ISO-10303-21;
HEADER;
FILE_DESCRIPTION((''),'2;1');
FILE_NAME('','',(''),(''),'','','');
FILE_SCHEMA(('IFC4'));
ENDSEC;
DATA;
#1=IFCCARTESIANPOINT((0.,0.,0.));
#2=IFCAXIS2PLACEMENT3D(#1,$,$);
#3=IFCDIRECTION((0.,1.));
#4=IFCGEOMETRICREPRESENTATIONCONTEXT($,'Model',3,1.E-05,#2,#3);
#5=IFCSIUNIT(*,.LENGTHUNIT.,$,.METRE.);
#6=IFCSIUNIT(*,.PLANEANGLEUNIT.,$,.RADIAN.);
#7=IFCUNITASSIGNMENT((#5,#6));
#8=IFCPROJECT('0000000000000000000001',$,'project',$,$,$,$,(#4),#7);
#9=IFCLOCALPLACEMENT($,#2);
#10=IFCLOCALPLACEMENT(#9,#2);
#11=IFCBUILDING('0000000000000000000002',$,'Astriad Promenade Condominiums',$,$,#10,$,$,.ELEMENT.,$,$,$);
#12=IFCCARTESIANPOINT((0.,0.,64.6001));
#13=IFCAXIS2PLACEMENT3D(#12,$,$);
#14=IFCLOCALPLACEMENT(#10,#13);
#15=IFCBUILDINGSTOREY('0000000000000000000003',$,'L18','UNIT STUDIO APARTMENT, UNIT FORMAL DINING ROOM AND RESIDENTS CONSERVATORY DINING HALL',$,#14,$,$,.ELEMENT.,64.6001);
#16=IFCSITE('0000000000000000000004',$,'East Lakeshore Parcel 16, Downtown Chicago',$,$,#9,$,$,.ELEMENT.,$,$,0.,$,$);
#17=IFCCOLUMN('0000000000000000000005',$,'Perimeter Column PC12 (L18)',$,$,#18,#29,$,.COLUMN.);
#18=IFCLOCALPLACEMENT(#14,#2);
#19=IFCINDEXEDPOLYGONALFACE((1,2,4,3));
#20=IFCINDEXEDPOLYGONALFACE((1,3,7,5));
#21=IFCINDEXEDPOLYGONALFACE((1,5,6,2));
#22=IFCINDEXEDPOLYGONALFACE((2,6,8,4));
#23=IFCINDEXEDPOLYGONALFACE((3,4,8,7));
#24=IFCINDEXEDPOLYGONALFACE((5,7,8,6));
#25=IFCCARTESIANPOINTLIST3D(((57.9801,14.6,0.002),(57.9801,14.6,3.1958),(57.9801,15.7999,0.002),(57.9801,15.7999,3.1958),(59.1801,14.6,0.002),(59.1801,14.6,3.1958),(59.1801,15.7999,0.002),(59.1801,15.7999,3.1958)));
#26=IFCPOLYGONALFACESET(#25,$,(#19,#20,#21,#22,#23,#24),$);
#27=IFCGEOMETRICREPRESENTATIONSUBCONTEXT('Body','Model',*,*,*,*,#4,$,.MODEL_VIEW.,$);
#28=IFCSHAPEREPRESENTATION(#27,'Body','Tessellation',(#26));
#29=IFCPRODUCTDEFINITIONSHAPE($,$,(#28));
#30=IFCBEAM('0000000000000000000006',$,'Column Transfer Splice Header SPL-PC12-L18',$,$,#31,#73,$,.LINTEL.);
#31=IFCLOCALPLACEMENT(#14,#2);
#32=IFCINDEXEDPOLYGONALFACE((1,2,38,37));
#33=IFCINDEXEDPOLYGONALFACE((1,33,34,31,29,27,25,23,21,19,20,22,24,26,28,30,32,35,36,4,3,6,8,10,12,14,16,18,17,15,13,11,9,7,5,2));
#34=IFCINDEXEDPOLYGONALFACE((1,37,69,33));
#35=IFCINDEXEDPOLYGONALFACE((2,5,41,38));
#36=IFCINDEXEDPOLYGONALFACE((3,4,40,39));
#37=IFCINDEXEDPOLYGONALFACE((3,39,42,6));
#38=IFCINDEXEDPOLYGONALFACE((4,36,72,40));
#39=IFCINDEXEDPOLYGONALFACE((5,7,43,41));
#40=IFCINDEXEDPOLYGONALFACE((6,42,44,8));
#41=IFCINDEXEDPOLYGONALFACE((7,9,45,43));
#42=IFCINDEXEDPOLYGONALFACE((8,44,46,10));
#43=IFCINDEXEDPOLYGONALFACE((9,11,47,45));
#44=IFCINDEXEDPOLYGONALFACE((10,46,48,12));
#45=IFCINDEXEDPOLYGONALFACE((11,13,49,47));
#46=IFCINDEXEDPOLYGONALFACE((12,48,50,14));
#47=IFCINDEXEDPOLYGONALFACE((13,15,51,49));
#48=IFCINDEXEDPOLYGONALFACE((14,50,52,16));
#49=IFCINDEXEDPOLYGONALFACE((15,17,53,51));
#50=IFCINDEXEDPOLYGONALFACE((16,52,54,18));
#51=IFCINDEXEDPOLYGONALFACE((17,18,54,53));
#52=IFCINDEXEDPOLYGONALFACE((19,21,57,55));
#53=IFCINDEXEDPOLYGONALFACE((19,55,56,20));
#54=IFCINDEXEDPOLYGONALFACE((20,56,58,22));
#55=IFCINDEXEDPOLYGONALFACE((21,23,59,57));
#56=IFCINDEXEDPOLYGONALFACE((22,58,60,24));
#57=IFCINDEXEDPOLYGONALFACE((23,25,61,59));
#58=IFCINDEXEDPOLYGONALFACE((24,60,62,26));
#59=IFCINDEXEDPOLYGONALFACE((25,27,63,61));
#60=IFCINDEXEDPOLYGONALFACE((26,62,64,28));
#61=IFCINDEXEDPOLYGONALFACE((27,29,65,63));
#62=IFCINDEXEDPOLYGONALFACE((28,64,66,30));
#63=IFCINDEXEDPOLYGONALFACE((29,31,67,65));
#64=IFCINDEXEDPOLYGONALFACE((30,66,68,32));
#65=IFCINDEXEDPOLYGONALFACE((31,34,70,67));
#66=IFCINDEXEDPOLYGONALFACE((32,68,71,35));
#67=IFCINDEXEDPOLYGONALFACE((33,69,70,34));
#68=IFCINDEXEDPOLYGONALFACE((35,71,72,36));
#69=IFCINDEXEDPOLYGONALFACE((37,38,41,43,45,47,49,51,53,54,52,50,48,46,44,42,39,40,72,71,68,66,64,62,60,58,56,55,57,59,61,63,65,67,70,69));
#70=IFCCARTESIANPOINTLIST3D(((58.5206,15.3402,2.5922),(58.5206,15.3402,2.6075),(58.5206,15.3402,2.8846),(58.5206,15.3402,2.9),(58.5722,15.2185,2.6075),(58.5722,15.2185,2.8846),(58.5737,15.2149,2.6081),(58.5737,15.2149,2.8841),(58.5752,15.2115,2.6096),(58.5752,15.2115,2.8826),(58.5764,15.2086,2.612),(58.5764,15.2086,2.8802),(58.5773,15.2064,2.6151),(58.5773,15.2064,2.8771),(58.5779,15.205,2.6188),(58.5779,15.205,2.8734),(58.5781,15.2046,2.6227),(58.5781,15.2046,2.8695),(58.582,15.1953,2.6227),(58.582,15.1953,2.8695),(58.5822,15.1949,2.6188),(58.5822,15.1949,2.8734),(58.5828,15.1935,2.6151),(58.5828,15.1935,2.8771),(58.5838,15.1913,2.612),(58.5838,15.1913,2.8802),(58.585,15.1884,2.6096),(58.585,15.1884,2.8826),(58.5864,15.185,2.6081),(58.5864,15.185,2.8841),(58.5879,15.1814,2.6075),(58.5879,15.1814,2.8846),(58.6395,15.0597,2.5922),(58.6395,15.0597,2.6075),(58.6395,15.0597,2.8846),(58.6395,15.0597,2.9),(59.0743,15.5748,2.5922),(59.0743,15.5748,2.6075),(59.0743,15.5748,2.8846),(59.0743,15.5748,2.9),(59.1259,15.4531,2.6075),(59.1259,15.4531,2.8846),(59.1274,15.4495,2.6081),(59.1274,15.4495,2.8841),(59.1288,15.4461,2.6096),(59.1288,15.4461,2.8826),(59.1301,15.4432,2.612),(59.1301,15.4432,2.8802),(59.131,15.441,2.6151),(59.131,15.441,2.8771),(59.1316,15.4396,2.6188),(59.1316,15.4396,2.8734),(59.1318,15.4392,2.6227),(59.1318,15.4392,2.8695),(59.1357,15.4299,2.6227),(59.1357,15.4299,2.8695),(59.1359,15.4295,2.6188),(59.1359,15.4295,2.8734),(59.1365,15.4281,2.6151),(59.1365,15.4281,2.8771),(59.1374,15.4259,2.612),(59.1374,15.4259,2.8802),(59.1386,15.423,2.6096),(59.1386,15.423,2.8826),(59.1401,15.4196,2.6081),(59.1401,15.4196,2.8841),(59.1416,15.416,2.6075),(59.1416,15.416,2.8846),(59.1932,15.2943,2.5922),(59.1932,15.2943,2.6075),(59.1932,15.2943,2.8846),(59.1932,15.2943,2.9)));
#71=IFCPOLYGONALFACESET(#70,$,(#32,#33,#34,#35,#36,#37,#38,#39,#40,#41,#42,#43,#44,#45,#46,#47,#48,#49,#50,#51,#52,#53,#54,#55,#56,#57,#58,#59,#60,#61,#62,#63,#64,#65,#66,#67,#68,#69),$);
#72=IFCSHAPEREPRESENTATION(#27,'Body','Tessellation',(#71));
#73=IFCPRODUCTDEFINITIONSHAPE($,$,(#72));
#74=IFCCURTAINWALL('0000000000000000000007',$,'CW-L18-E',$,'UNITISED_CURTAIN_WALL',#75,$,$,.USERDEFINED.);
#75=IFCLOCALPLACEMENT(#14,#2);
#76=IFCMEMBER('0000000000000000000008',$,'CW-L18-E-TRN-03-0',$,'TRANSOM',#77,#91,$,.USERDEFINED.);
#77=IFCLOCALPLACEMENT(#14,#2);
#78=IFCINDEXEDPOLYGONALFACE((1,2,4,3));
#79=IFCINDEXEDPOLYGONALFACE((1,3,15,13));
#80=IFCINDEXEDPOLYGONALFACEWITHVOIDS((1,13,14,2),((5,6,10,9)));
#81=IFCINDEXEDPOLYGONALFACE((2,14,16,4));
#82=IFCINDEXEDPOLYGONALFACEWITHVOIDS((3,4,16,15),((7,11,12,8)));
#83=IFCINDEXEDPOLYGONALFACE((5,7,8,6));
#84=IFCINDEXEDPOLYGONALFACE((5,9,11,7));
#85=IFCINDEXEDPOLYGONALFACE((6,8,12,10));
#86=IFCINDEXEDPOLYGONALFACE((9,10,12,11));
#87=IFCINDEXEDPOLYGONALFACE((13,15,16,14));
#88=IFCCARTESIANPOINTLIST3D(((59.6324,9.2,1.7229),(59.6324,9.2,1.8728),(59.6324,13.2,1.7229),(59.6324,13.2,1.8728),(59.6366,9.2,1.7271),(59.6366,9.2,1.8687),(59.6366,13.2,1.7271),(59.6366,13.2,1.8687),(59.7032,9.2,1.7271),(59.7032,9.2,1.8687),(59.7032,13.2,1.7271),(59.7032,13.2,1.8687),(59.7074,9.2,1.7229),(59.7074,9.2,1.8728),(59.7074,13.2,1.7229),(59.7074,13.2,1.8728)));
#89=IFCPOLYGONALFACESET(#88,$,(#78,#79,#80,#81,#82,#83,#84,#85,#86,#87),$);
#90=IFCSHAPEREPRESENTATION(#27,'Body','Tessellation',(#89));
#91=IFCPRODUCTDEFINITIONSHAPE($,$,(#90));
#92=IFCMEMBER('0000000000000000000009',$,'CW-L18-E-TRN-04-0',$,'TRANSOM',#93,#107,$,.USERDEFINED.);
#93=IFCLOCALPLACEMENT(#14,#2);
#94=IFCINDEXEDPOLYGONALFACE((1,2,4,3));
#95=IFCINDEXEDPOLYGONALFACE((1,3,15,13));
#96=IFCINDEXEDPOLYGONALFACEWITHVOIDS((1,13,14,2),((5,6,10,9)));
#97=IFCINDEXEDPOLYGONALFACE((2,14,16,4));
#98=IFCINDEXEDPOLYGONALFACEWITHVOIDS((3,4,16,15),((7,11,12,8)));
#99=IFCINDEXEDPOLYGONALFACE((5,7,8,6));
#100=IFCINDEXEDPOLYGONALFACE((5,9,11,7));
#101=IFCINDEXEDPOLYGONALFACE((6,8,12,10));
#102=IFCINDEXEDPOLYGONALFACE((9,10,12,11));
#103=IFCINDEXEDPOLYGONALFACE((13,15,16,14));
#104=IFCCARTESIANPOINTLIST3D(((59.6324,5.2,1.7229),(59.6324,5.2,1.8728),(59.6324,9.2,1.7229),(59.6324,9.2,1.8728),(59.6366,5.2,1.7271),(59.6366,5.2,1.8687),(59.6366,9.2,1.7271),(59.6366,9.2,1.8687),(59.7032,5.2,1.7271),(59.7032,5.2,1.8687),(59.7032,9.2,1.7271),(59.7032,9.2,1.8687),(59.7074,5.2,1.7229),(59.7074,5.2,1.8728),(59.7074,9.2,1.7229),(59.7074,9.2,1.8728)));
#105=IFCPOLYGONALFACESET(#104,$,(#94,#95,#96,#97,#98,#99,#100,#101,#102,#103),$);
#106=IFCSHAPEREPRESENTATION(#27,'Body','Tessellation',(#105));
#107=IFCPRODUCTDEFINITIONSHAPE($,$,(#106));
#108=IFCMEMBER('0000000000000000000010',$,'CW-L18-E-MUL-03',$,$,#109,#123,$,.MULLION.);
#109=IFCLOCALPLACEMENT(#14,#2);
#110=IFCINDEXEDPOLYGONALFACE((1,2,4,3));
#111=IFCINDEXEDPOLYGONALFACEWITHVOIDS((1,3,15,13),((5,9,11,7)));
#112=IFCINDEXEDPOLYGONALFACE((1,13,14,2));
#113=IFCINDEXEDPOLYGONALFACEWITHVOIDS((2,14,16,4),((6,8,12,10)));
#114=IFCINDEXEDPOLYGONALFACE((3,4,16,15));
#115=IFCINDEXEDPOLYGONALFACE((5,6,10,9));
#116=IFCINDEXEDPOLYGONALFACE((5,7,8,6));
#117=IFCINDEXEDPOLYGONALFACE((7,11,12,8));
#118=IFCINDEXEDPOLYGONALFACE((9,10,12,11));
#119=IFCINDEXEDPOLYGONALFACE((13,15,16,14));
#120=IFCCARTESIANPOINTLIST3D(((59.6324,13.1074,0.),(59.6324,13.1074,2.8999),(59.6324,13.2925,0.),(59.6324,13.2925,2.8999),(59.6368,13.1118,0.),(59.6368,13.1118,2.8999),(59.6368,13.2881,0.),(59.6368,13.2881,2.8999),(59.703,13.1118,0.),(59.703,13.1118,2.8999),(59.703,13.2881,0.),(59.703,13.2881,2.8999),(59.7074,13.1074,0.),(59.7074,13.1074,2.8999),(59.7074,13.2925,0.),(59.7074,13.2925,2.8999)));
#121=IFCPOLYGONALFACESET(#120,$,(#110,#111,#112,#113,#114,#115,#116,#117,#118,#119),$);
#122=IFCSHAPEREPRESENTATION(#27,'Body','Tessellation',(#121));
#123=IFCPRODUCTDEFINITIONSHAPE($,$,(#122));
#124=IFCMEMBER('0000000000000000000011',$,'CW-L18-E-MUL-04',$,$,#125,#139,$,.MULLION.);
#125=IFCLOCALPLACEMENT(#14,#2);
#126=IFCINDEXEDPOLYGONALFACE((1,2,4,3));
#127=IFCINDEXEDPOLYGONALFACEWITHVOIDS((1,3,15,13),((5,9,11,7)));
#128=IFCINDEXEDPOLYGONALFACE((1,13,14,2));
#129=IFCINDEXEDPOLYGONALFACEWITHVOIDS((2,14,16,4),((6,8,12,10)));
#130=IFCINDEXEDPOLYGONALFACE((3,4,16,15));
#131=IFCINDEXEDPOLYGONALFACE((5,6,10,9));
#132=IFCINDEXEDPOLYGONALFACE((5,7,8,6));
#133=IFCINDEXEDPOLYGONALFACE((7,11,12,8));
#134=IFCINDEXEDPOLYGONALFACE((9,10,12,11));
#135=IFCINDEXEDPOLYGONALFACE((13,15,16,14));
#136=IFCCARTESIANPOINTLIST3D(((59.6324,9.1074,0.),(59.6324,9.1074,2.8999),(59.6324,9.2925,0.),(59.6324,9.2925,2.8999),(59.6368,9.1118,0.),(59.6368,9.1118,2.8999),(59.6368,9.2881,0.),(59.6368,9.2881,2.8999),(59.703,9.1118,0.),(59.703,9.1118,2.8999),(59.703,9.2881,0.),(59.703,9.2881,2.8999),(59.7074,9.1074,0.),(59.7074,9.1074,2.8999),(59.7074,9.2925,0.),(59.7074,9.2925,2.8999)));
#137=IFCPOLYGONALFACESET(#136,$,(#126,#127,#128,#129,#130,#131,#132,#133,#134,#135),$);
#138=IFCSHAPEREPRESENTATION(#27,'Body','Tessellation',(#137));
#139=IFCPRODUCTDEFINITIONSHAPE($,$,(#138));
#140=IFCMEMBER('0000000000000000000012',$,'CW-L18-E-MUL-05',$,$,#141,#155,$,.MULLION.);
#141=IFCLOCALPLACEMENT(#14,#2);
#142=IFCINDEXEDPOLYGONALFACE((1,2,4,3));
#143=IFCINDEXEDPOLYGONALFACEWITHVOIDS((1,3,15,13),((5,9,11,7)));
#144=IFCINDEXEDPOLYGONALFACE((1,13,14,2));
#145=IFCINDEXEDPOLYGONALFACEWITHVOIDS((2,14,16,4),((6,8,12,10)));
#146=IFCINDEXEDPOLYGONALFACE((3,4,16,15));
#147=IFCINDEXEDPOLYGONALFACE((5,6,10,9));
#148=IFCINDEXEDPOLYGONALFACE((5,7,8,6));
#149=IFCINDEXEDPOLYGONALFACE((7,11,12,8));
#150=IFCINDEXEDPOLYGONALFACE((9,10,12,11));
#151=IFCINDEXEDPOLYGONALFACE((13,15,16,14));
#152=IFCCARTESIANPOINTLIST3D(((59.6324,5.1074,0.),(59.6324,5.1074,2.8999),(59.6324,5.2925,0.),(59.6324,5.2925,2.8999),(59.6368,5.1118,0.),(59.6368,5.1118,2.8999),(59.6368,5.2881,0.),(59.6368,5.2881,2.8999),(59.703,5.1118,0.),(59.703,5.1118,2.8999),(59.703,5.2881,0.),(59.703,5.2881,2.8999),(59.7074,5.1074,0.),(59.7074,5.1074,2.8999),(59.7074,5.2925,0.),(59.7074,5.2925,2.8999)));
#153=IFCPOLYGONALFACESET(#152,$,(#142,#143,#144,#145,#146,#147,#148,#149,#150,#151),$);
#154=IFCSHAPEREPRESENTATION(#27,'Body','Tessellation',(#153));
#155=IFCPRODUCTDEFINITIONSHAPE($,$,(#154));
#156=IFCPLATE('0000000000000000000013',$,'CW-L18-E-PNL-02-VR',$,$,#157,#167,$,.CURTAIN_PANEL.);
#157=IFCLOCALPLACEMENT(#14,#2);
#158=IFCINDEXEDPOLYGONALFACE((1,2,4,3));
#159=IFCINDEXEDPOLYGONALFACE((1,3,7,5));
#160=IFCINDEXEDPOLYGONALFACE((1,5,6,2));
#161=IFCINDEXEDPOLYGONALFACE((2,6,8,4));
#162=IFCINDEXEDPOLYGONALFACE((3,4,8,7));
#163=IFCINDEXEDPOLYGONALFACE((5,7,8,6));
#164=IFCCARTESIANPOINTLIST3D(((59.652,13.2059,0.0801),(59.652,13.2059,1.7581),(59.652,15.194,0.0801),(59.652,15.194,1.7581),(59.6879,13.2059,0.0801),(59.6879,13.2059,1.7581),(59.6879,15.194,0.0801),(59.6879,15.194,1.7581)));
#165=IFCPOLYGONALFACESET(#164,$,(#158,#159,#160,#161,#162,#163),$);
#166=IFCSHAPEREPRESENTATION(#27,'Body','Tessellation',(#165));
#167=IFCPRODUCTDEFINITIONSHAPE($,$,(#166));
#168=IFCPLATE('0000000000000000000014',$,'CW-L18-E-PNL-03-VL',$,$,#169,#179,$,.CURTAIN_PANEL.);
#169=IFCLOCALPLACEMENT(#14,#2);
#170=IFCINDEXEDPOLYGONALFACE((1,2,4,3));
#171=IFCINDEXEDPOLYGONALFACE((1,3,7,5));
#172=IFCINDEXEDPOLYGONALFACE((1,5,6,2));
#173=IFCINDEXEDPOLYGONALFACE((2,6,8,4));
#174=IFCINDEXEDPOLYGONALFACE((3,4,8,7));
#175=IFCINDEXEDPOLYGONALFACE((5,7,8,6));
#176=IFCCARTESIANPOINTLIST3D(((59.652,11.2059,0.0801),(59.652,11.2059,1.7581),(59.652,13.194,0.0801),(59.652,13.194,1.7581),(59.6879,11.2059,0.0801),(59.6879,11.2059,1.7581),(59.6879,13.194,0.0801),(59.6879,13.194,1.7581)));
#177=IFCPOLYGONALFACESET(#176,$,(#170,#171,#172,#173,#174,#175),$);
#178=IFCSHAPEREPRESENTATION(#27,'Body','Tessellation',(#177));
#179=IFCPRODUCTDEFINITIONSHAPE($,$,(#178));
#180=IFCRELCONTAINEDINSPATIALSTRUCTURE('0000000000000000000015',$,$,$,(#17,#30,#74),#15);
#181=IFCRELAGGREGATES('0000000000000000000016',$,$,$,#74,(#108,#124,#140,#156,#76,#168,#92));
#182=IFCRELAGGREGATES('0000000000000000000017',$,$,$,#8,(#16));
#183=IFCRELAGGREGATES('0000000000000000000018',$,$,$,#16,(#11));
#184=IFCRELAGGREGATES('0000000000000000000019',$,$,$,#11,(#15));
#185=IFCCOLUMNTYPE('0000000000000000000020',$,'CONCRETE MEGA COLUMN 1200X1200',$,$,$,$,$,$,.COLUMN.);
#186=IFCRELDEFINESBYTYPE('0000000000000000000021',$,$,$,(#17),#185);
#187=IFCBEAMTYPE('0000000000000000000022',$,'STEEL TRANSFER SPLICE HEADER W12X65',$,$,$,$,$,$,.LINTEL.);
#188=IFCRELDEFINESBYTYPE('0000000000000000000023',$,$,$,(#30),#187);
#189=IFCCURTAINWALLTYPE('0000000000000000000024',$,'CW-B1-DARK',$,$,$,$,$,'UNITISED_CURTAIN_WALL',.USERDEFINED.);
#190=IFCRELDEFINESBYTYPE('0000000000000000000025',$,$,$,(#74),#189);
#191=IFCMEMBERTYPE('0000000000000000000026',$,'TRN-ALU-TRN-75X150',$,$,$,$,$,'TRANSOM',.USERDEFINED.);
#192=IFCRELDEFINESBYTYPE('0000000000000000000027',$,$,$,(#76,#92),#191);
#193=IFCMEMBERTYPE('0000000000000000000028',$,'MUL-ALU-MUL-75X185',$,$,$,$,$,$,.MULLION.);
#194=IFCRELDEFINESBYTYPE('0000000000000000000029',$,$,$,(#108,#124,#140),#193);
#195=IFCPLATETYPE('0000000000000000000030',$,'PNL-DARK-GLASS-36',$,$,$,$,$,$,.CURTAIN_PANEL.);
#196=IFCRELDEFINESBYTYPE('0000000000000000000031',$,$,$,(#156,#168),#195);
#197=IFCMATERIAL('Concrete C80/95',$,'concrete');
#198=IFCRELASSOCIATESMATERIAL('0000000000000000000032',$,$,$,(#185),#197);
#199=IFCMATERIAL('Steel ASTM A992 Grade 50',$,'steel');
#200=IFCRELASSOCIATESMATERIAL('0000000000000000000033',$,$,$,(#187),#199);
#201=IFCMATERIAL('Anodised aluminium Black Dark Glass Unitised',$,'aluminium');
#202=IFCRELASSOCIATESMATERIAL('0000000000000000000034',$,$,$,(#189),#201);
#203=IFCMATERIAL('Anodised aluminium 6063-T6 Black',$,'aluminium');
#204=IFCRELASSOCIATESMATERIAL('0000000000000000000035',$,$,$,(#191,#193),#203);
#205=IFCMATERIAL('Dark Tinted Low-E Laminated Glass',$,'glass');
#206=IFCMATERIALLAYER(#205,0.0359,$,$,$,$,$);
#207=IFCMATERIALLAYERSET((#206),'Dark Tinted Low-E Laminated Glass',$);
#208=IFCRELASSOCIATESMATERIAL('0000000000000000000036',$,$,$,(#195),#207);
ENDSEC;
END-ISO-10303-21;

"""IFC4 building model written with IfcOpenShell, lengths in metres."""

from ifc_helpers import new_model, si_unit, direction, frame, origin, origin_2d, place, context, subcontext, project, spatial, rectangle, hollow_rectangle, i_section, extrude, source, transform, mapped, material, layer, layer_set, material_profile, profile_set, type_object, type_shapes, element, aggregate, save


model = new_model("IFC4")

# Units and contexts
model_context = context("Model", 3, precision=1e-05, world=origin(), true_north=direction((0.0, 1.0)))
body_context = subcontext(model_context, "Body", "Model", "MODEL_VIEW")
ifc_project = project(units=[si_unit("LENGTHUNIT", "METRE"), si_unit("PLANEANGLEUNIT", "RADIAN")], contexts=[model_context])

# Site, building, storey
site_placement = place(None, origin())
site = spatial("IfcSite", under=ifc_project, at=site_placement, Name="East Lakeshore Parcel 16, Downtown Chicago", CompositionType="ELEMENT", RefElevation=0.0)
building_placement = place(site_placement, origin())
building = spatial("IfcBuilding", under=site, at=building_placement, Name="Astriad Promenade Condominiums", CompositionType="ELEMENT")
storey_placement = place(building_placement, frame((0.0, 0.0, 64.6001)))
storey = spatial("IfcBuildingStorey", under=building, at=storey_placement, Name="L18", Description="UNIT STUDIO APARTMENT, UNIT FORMAL DINING ROOM AND RESIDENTS CONSERVATORY DINING HALL", CompositionType="ELEMENT", Elevation=64.6001)

# Column
ifc_material_1 = material(Name="Concrete C80/95", Category="concrete")
ifc_material_profile_1 = material_profile(ifc_material_1, rectangle(XDim=1.2, YDim=1.2, at=origin_2d()), Name="RC-COL-1200X1200")
ifc_profile_set_1 = profile_set([ifc_material_profile_1], Name="Concrete C80/95")
column_type = type_object("IfcColumnType", Name="CONCRETE MEGA COLUMN 1200X1200", PredefinedType="COLUMN", material=ifc_profile_set_1)
shared_shape_1 = source(origin(), body_context, "Body", "SweptSolid", [
    extrude(rectangle(XDim=1.2, YDim=1.2, at=origin_2d()), origin(), (0.0, 0.0, 1.0), 3.1938),
])
type_shapes(column_type, [shared_shape_1])
column_placement = place(storey_placement, frame((58.5801, 15.2, 0.002), z_axis=(0.0, 0.0, 1.0), x_axis=(1.0, 0.0, 0.0)))
element("IfcColumn", 1, at=column_placement, inside=storey, type_object=column_type, Name="Perimeter Column PC12 (L18)", PredefinedType="COLUMN", context=body_context, shape_type="MappedRepresentation", body=[
    mapped(shared_shape_1, transform((0.0, 0.0, 0.0), scale=1.0)),
])

# Beam
ifc_material_2 = material(Name="Steel ASTM A992 Grade 50", Category="steel")
ifc_material_profile_2 = material_profile(ifc_material_2, i_section(OverallWidth=0.3047, OverallDepth=0.3079, WebThickness=0.01, FlangeThickness=0.0154, FilletRadius=0.0151, at=origin_2d()), Name="W12X65")
ifc_profile_set_2 = profile_set([ifc_material_profile_2], Name="Steel ASTM A992 Grade 50")
beam_type = type_object("IfcBeamType", Name="STEEL TRANSFER SPLICE HEADER W12X65", PredefinedType="LINTEL", material=ifc_profile_set_2)
shared_shape_2 = source(origin(), body_context, "Body", "SweptSolid", [
    extrude(i_section(OverallWidth=0.3047, OverallDepth=0.3079, WebThickness=0.01, FlangeThickness=0.0154, FilletRadius=0.0151, at=origin_2d()), origin(), (0.0, 0.0, 1.0), 0.6013),
])
type_shapes(beam_type, [shared_shape_2])
beam_placement = place(storey_placement, frame((58.5801, 15.2, 2.7461), z_axis=(0.920754, 0.390143, 0.0), x_axis=(-0.390143, 0.920754, 0.0)))
element("IfcBeam", 2, at=beam_placement, inside=storey, type_object=beam_type, Name="Column Transfer Splice Header SPL-PC12-L18", PredefinedType="LINTEL", context=body_context, shape_type="MappedRepresentation", body=[
    mapped(shared_shape_2, transform((0.0, 0.0, 0.0), scale=1.0)),
])

# Curtain wall, members, plates
ifc_material_3 = material(Name="Anodised aluminium Black Dark Glass Unitised", Category="aluminium")
curtain_wall_type = type_object("IfcCurtainWallType", Name="CW-B1-DARK", ElementType="UNITISED_CURTAIN_WALL", PredefinedType="USERDEFINED", material=ifc_material_3)
curtain_wall_placement = place(storey_placement, origin())
curtain_wall = element("IfcCurtainWall", 3, at=curtain_wall_placement, inside=storey, type_object=curtain_wall_type, Name="CW-L18-E", ObjectType="UNITISED_CURTAIN_WALL", PredefinedType="USERDEFINED")
ifc_material_4 = material(Name="Anodised aluminium 6063-T6 Black", Category="aluminium")
ifc_material_profile_3 = material_profile(ifc_material_4, hollow_rectangle(XDim=0.075, YDim=0.1499, WallThickness=0.0042, at=origin_2d()), Name="ALU-TRN-75X150")
ifc_profile_set_3 = profile_set([ifc_material_profile_3], Name="Anodised aluminium 6063-T6 Black")
member_type_1 = type_object("IfcMemberType", Name="TRN-ALU-TRN-75X150", ElementType="TRANSOM", PredefinedType="USERDEFINED", material=ifc_profile_set_3)
shared_shape_3 = source(origin(), body_context, "Body", "SweptSolid", [
    extrude(hollow_rectangle(XDim=0.075, YDim=0.1499, WallThickness=0.0042, at=origin_2d()), origin(), (0.0, 0.0, 1.0), 4.0),
])
type_shapes(member_type_1, [shared_shape_3])
member_1_placement = place(storey_placement, frame((59.6699, 13.2, 1.7979), z_axis=(0.0, -1.0, 0.0), x_axis=(1.0, 0.0, 0.0)))
member_1 = element("IfcMember", 4, at=member_1_placement, type_object=member_type_1, Name="CW-L18-E-TRN-03-0", ObjectType="TRANSOM", PredefinedType="USERDEFINED", context=body_context, shape_type="MappedRepresentation", body=[
    mapped(shared_shape_3, transform((0.0, 0.0, 0.0), scale=1.0)),
])
member_2_placement = place(storey_placement, frame((59.6699, 9.2, 1.7979), z_axis=(0.0, -1.0, 0.0), x_axis=(1.0, 0.0, 0.0)))
member_2 = element("IfcMember", 5, at=member_2_placement, type_object=member_type_1, Name="CW-L18-E-TRN-04-0", ObjectType="TRANSOM", PredefinedType="USERDEFINED", context=body_context, shape_type="MappedRepresentation", body=[
    mapped(shared_shape_3, transform((0.0, 0.0, 0.0), scale=1.0)),
])
ifc_material_profile_4 = material_profile(ifc_material_4, hollow_rectangle(XDim=0.075, YDim=0.1851, WallThickness=0.0044, at=origin_2d()), Name="ALU-MUL-75X185")
ifc_profile_set_4 = profile_set([ifc_material_profile_4], Name="Anodised aluminium 6063-T6 Black")
member_type_2 = type_object("IfcMemberType", Name="MUL-ALU-MUL-75X185", PredefinedType="MULLION", material=ifc_profile_set_4)
shared_shape_4 = source(origin(), body_context, "Body", "SweptSolid", [
    extrude(hollow_rectangle(XDim=0.075, YDim=0.1851, WallThickness=0.0044, at=origin_2d()), origin(), (0.0, 0.0, 1.0), 2.8999),
])
type_shapes(member_type_2, [shared_shape_4])
member_3_placement = place(storey_placement, frame((59.6699, 13.2, 0.0), z_axis=(0.0, 0.0, 1.0), x_axis=(1.0, 0.0, 0.0)))
member_3 = element("IfcMember", 6, at=member_3_placement, type_object=member_type_2, Name="CW-L18-E-MUL-03", PredefinedType="MULLION", context=body_context, shape_type="MappedRepresentation", body=[
    mapped(shared_shape_4, transform((0.0, 0.0, 0.0), scale=1.0)),
])
member_4_placement = place(storey_placement, frame((59.6699, 9.2, 0.0), z_axis=(0.0, 0.0, 1.0), x_axis=(1.0, 0.0, 0.0)))
member_4 = element("IfcMember", 7, at=member_4_placement, type_object=member_type_2, Name="CW-L18-E-MUL-04", PredefinedType="MULLION", context=body_context, shape_type="MappedRepresentation", body=[
    mapped(shared_shape_4, transform((0.0, 0.0, 0.0), scale=1.0)),
])
member_5_placement = place(storey_placement, frame((59.6699, 5.2, 0.0), z_axis=(0.0, 0.0, 1.0), x_axis=(1.0, 0.0, 0.0)))
member_5 = element("IfcMember", 8, at=member_5_placement, type_object=member_type_2, Name="CW-L18-E-MUL-05", PredefinedType="MULLION", context=body_context, shape_type="MappedRepresentation", body=[
    mapped(shared_shape_4, transform((0.0, 0.0, 0.0), scale=1.0)),
])
ifc_material_5 = material(Name="Dark Tinted Low-E Laminated Glass", Category="glass")
ifc_layer_1 = layer(ifc_material_5, 0.0359)
ifc_layer_set_1 = layer_set([ifc_layer_1], Name="Dark Tinted Low-E Laminated Glass")
plate_type = type_object("IfcPlateType", Name="PNL-DARK-GLASS-36", PredefinedType="CURTAIN_PANEL", material=ifc_layer_set_1)
shared_shape_5 = source(origin(), body_context, "Body", "SweptSolid", [
    extrude(rectangle(XDim=1.988, YDim=0.0359, at=origin_2d()), origin(), (0.0, 0.0, 1.0), 1.678),
])
plate_1_placement = place(storey_placement, frame((59.6699, 14.2, 0.0801), z_axis=(0.0, 0.0, 1.0), x_axis=(0.0, -1.0, 0.0)))
plate_1 = element("IfcPlate", 9, at=plate_1_placement, type_object=plate_type, Name="CW-L18-E-PNL-02-VR", PredefinedType="CURTAIN_PANEL", context=body_context, shape_type="MappedRepresentation", body=[
    mapped(shared_shape_5, transform((0.0, 0.0, 0.0), scale=1.0)),
])
plate_2_placement = place(storey_placement, frame((59.6699, 12.2, 0.0801), z_axis=(0.0, 0.0, 1.0), x_axis=(0.0, -1.0, 0.0)))
plate_2 = element("IfcPlate", 10, at=plate_2_placement, type_object=plate_type, Name="CW-L18-E-PNL-03-VL", PredefinedType="CURTAIN_PANEL", context=body_context, shape_type="MappedRepresentation", body=[
    mapped(shared_shape_5, transform((0.0, 0.0, 0.0), scale=1.0)),
])
aggregate(curtain_wall, [member_3, member_4, member_5, plate_1, member_1, plate_2, member_2])

save(model, "model.ifc")
